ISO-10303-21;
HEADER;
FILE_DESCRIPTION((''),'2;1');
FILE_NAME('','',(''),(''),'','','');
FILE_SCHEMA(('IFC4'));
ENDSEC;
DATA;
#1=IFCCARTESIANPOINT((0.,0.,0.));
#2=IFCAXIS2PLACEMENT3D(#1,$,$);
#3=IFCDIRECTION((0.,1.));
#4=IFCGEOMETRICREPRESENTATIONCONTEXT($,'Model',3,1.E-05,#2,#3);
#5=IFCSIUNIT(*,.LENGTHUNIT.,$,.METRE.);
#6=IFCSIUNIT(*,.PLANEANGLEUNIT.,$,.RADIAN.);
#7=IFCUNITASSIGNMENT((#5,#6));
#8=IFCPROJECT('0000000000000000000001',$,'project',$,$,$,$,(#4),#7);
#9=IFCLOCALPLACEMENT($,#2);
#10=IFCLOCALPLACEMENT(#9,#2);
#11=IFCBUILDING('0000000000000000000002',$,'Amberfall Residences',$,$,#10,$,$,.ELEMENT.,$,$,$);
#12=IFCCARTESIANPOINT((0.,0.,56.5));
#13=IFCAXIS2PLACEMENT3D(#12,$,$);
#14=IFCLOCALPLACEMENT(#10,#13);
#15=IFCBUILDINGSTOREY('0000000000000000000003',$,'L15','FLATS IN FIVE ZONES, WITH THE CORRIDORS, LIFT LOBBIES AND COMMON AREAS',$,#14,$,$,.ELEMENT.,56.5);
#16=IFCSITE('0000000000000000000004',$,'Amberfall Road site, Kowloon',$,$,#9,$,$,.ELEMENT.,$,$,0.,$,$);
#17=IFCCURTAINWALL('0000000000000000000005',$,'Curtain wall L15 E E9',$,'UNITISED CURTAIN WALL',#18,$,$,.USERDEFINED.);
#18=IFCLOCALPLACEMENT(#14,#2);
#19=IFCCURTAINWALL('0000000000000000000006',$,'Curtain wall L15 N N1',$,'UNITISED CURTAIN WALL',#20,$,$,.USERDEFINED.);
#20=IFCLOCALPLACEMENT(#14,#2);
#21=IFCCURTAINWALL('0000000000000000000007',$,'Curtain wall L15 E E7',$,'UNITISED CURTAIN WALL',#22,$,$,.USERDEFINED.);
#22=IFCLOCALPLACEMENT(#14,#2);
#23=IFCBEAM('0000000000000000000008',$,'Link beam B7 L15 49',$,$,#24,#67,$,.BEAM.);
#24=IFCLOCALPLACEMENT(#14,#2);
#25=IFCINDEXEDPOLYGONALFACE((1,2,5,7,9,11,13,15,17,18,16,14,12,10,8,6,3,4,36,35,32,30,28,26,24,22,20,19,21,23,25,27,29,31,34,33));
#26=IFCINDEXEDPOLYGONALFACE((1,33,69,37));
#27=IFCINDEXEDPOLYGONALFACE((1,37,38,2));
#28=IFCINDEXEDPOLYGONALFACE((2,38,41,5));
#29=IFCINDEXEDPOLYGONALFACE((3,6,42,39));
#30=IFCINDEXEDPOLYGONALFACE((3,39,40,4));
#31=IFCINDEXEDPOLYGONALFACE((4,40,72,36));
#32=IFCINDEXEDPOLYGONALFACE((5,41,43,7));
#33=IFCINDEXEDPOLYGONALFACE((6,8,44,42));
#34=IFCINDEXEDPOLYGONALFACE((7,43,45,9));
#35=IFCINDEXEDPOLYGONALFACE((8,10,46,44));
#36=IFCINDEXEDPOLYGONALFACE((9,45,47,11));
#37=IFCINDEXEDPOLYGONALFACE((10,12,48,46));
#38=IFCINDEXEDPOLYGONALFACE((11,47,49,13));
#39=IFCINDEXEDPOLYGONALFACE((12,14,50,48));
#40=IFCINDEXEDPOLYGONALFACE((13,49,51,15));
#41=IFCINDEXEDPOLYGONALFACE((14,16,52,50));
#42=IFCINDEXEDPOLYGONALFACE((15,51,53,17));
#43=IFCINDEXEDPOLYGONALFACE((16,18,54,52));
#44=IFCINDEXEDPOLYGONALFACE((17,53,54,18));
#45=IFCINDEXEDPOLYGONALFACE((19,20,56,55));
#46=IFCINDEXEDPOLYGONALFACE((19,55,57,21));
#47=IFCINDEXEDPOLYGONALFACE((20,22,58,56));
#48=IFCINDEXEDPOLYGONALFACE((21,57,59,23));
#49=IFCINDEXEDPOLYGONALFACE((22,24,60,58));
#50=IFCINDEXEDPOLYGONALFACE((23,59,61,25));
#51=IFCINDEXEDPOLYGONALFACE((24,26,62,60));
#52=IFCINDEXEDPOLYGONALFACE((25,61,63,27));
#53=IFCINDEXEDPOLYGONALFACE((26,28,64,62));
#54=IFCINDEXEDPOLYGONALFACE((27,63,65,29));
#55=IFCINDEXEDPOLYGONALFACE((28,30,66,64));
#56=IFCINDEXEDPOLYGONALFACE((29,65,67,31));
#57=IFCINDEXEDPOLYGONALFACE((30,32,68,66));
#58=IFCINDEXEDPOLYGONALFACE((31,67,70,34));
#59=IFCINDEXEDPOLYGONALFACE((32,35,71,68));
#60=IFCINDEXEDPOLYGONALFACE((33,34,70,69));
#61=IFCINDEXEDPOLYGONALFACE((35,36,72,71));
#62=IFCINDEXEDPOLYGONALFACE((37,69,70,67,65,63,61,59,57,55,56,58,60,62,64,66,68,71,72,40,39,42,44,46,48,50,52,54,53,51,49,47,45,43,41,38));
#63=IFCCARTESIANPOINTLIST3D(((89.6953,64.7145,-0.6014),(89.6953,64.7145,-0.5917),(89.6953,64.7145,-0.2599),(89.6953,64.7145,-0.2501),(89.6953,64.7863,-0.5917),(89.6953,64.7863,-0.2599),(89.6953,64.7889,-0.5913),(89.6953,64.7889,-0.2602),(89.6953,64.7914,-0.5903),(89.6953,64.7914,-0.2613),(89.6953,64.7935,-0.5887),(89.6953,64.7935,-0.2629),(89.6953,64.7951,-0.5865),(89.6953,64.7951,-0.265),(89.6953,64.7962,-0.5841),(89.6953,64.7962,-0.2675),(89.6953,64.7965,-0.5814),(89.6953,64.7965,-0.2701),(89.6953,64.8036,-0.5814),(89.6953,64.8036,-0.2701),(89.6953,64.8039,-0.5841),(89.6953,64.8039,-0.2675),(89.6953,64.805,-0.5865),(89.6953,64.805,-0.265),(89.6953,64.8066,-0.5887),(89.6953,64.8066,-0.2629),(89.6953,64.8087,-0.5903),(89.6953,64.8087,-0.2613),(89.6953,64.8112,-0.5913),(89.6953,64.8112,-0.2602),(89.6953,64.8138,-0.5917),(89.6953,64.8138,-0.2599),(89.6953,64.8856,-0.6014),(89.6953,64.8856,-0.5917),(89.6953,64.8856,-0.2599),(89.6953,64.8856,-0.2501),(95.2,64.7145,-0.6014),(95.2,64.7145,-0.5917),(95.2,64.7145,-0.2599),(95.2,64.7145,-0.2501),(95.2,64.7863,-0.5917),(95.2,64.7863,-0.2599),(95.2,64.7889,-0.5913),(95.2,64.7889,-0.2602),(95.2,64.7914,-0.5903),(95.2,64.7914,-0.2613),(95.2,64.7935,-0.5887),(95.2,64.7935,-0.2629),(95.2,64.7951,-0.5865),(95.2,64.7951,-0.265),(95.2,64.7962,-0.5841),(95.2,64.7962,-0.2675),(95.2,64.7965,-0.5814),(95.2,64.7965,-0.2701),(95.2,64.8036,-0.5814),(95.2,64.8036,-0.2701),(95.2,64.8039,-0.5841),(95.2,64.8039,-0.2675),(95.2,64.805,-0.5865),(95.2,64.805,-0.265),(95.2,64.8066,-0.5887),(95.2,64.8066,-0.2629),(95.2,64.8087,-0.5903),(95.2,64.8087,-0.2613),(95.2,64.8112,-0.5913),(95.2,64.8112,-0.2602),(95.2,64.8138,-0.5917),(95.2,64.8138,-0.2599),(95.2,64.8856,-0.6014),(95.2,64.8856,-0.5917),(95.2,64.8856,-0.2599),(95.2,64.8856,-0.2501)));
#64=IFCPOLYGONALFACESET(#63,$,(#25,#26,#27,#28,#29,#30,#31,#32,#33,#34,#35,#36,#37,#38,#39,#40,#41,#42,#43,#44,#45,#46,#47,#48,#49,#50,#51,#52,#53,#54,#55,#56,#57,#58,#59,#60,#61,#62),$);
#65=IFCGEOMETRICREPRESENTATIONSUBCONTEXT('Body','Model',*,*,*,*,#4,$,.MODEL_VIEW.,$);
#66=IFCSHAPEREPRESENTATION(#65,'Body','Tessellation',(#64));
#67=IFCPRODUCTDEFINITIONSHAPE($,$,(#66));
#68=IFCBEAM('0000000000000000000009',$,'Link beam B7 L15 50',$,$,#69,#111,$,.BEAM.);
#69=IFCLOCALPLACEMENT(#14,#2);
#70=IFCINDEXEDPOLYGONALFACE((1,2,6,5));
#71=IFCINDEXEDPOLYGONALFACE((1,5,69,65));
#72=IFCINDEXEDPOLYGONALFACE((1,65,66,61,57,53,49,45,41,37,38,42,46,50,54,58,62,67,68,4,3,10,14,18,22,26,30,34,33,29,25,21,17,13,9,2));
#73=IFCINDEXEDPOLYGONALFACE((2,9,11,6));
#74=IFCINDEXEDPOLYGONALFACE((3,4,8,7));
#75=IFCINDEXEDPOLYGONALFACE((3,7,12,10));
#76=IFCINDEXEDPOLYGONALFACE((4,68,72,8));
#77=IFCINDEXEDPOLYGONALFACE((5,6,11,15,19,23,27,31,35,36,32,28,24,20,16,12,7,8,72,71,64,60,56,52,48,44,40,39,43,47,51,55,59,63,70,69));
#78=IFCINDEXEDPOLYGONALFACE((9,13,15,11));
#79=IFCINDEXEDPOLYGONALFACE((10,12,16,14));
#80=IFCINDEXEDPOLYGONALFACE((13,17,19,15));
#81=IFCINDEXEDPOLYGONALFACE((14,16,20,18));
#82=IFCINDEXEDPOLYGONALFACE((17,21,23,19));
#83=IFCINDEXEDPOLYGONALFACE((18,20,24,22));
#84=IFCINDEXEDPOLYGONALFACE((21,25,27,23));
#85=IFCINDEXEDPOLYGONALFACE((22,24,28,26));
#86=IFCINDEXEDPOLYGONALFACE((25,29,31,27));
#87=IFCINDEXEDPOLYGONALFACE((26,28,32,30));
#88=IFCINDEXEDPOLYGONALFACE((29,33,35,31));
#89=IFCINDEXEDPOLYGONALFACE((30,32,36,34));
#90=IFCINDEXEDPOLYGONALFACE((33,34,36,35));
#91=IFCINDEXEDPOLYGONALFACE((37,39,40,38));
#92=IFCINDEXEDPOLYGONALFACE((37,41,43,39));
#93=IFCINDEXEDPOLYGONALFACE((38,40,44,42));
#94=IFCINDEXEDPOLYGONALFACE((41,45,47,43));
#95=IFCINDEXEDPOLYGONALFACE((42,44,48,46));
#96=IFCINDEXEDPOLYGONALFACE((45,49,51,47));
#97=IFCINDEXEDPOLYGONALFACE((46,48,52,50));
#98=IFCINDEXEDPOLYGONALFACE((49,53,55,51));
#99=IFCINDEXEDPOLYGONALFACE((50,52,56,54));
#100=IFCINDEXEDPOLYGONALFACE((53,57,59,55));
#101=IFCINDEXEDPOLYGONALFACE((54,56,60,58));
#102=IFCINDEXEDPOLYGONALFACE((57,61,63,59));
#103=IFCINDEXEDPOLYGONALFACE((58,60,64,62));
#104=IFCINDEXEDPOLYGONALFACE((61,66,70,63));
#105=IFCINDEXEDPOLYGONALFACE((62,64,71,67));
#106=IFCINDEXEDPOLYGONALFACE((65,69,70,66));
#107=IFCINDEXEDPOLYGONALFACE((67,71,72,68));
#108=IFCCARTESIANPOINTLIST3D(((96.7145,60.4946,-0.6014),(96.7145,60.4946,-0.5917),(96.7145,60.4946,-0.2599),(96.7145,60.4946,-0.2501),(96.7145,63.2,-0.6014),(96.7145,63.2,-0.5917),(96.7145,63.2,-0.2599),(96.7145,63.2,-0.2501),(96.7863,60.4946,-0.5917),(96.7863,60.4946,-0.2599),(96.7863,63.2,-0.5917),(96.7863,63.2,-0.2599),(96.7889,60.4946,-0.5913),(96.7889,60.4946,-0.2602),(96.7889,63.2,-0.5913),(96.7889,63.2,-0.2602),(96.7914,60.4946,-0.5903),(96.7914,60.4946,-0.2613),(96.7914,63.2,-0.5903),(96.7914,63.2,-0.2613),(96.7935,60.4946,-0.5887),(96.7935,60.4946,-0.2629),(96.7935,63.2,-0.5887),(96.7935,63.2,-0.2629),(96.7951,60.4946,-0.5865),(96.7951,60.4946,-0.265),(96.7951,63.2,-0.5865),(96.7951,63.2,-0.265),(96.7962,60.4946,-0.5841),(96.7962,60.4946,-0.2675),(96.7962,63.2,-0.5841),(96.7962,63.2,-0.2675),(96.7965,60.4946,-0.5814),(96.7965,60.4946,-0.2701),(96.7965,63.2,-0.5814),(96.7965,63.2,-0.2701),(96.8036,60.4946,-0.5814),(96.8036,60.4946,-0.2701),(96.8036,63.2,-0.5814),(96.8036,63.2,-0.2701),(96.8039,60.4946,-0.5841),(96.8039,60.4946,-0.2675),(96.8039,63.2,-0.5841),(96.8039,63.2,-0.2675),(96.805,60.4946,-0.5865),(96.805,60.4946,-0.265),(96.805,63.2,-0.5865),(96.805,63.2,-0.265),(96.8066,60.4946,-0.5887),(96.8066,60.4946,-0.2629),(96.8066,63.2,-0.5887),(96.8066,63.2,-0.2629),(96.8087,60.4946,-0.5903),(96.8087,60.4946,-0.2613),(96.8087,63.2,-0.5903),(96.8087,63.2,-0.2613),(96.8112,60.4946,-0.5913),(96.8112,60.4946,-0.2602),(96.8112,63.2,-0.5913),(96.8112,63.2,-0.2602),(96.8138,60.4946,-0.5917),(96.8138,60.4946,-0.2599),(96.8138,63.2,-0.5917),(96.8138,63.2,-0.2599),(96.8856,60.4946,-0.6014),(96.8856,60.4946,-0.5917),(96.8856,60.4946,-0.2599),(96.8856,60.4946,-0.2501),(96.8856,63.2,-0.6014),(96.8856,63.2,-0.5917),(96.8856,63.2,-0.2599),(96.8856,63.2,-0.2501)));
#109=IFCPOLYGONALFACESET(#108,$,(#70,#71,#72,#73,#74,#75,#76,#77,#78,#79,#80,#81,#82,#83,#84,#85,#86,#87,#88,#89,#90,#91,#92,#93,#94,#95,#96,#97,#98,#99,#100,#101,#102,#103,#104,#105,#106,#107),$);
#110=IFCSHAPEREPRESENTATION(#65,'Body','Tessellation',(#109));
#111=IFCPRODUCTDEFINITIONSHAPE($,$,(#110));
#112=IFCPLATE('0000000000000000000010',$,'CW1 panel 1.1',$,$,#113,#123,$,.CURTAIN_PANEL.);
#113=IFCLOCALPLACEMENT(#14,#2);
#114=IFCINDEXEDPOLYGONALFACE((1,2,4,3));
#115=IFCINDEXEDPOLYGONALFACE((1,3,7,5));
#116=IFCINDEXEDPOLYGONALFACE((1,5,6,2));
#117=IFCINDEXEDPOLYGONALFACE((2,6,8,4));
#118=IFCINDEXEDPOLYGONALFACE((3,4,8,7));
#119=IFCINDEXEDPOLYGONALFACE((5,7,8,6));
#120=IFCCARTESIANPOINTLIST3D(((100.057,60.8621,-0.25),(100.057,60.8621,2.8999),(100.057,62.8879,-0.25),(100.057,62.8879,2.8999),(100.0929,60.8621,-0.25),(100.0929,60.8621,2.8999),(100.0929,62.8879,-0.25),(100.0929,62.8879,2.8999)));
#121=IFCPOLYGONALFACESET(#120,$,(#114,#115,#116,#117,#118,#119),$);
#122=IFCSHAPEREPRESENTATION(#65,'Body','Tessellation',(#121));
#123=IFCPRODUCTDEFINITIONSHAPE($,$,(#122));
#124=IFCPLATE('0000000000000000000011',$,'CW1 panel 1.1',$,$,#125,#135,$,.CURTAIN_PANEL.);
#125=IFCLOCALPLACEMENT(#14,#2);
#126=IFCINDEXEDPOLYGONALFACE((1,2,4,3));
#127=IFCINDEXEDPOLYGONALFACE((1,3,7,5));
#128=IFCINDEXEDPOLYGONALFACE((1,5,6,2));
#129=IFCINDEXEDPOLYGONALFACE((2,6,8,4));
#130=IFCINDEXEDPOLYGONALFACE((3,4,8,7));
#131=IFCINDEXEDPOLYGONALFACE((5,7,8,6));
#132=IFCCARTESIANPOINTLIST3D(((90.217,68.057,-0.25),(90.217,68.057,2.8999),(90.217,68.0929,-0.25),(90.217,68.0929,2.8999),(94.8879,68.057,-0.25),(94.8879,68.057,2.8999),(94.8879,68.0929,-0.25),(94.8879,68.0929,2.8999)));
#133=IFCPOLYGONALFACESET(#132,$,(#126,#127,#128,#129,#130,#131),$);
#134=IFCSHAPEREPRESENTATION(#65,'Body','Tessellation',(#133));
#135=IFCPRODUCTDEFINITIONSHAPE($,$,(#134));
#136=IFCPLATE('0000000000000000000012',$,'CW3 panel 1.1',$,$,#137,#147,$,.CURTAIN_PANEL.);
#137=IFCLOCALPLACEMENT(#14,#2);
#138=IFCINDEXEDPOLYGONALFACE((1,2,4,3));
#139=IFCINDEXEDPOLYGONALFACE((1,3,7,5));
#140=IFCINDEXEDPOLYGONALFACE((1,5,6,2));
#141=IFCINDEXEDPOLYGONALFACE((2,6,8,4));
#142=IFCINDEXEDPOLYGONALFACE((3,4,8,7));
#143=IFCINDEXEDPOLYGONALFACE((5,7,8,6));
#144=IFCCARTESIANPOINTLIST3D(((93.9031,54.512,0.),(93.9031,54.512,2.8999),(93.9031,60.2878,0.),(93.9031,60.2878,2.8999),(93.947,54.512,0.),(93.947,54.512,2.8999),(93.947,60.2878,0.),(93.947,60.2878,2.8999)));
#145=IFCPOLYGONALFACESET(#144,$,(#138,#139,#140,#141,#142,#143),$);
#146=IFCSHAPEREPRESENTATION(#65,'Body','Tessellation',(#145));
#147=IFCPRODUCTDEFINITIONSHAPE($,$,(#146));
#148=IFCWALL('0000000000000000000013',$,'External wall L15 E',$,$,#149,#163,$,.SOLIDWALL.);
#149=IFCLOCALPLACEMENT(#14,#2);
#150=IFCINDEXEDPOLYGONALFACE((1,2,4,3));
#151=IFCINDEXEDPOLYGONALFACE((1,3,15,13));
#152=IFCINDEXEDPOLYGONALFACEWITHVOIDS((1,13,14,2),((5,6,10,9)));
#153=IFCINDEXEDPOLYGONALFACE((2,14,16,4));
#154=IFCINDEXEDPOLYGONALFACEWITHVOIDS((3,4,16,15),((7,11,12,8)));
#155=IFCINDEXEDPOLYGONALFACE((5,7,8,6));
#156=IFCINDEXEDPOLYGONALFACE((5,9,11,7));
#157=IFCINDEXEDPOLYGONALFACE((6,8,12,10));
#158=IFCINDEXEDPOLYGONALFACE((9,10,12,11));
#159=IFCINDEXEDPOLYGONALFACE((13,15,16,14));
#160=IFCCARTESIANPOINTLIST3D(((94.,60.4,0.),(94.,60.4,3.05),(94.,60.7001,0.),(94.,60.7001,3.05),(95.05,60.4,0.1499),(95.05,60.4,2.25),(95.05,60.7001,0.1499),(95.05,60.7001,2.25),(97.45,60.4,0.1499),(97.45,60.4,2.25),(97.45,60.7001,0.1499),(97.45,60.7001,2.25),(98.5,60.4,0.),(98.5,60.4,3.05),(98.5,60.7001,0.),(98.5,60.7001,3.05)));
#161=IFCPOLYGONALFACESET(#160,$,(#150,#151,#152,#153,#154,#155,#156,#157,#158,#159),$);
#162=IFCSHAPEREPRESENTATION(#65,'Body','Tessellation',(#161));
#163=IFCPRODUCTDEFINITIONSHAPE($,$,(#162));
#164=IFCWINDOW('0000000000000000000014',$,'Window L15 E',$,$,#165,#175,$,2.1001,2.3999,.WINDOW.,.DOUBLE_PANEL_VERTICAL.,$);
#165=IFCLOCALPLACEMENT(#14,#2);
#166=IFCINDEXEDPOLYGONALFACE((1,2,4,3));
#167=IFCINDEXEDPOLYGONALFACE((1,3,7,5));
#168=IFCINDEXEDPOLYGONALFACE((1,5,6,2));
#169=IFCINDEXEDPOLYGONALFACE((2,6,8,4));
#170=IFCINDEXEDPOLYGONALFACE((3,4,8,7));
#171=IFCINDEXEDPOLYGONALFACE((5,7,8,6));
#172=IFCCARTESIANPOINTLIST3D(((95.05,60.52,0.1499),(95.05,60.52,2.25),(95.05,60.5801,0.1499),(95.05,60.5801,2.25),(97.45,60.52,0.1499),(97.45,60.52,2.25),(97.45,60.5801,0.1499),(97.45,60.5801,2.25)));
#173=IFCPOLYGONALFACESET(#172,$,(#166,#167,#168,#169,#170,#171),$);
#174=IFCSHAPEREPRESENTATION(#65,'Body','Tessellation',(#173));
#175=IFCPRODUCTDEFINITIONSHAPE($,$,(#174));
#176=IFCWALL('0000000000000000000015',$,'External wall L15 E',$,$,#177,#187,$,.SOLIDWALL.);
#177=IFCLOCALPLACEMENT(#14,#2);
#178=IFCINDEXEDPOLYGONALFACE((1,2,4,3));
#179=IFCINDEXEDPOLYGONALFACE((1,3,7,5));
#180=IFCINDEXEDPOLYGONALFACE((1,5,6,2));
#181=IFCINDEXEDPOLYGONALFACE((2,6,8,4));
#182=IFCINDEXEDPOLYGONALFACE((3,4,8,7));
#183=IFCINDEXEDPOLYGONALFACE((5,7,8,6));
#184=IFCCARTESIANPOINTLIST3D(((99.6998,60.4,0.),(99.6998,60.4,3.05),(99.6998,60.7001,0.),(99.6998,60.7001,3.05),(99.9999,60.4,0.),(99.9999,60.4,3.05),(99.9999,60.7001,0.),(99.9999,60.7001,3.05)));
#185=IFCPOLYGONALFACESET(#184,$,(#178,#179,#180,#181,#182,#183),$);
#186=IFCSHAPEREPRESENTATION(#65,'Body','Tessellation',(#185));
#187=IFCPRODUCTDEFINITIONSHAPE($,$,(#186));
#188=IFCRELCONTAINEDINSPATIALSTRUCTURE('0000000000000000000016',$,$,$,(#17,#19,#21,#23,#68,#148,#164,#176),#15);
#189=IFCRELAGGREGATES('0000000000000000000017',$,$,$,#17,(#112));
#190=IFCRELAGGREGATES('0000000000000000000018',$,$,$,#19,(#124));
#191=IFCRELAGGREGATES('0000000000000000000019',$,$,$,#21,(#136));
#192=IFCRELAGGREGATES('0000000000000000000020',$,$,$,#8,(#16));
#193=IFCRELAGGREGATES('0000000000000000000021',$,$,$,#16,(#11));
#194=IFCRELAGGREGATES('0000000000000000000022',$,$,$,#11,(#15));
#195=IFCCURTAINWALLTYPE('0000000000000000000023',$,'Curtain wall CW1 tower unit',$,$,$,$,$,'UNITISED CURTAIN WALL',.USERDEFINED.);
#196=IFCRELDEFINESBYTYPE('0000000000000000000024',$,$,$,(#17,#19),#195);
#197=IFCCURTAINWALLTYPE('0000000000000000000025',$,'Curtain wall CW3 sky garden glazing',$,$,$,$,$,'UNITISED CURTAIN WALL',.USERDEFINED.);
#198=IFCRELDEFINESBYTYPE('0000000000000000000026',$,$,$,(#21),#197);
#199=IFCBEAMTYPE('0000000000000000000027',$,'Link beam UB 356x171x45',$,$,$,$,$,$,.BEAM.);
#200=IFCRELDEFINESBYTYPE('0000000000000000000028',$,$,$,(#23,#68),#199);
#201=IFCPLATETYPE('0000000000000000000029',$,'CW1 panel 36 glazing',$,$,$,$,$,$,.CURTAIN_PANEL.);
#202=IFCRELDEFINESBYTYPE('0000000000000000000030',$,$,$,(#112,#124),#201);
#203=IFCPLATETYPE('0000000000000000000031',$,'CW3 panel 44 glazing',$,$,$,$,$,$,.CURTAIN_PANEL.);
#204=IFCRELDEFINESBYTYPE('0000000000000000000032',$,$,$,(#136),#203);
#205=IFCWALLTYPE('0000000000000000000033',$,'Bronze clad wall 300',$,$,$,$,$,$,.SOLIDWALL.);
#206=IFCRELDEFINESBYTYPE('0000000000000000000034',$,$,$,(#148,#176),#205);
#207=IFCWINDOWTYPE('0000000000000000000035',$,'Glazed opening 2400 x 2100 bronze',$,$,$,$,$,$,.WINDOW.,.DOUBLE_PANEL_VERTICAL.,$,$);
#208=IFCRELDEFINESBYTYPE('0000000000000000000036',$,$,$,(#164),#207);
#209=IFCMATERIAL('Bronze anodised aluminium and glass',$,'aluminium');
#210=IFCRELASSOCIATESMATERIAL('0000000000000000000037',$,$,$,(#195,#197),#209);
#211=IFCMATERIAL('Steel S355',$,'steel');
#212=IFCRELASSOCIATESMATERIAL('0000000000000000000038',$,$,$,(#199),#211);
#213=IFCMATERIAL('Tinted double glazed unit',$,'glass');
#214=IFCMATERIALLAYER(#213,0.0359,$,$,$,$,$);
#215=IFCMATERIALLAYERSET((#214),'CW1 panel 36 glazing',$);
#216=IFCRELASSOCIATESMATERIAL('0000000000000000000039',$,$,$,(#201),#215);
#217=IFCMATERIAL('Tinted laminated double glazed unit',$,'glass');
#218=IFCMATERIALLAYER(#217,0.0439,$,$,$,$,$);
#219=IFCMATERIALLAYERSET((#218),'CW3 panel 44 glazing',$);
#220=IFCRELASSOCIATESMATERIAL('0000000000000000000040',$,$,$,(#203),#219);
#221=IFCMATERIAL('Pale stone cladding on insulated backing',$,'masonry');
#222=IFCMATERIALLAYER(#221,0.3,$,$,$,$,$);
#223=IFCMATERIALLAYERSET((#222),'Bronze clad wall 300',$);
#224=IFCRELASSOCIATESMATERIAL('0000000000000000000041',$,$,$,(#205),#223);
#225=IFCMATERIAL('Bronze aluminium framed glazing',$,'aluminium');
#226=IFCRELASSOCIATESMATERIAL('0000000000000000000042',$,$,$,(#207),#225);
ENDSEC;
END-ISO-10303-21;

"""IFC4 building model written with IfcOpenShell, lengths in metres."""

from ifc_helpers import new_model, si_unit, direction, frame, frame_2d, origin, origin_2d, place, context, subcontext, project, spatial, rectangle, i_section, extrude, material, layer, layer_set, material_profile, profile_set, type_object, element, fill, aggregate, save


model = new_model("IFC4")

# Units and contexts
model_context = context("Model", 3, precision=1e-05, world=origin(), true_north=direction((0.0, 1.0)))
body_context = subcontext(model_context, "Body", "Model", "MODEL_VIEW")
ifc_project = project(units=[si_unit("LENGTHUNIT", "METRE"), si_unit("PLANEANGLEUNIT", "RADIAN")], contexts=[model_context])

# Site, building, storey
site_placement = place(None, origin())
site = spatial("IfcSite", under=ifc_project, at=site_placement, Name="Amberfall Road site, Kowloon", CompositionType="ELEMENT", RefElevation=0.0)
building_placement = place(site_placement, origin())
building = spatial("IfcBuilding", under=site, at=building_placement, Name="Amberfall Residences", CompositionType="ELEMENT")
storey_placement = place(building_placement, frame((0.0, 0.0, 56.5)))
storey = spatial("IfcBuildingStorey", under=building, at=storey_placement, Name="L15", Description="FLATS IN FIVE ZONES, WITH THE CORRIDORS, LIFT LOBBIES AND COMMON AREAS", CompositionType="ELEMENT", Elevation=56.5)

# Curtain walls
ifc_material_1 = material(Name="Bronze anodised aluminium and glass", Category="aluminium")
curtain_wall_type_1 = type_object("IfcCurtainWallType", Name="Curtain wall CW1 tower unit", ElementType="UNITISED CURTAIN WALL", PredefinedType="USERDEFINED", material=ifc_material_1)
curtain_wall_1_placement = place(storey_placement, origin())
curtain_wall_1 = element("IfcCurtainWall", 1, at=curtain_wall_1_placement, inside=storey, type_object=curtain_wall_type_1, Name="Curtain wall L15 E E9", ObjectType="UNITISED CURTAIN WALL", PredefinedType="USERDEFINED")
curtain_wall_2_placement = place(storey_placement, origin())
curtain_wall_2 = element("IfcCurtainWall", 2, at=curtain_wall_2_placement, inside=storey, type_object=curtain_wall_type_1, Name="Curtain wall L15 N N1", ObjectType="UNITISED CURTAIN WALL", PredefinedType="USERDEFINED")
curtain_wall_type_2 = type_object("IfcCurtainWallType", Name="Curtain wall CW3 sky garden glazing", ElementType="UNITISED CURTAIN WALL", PredefinedType="USERDEFINED", material=ifc_material_1)
curtain_wall_3_placement = place(storey_placement, origin())
curtain_wall_3 = element("IfcCurtainWall", 3, at=curtain_wall_3_placement, inside=storey, type_object=curtain_wall_type_2, Name="Curtain wall L15 E E7", ObjectType="UNITISED CURTAIN WALL", PredefinedType="USERDEFINED")

# Beams
ifc_material_2 = material(Name="Steel S355", Category="steel")
ifc_material_profile_1 = material_profile(ifc_material_2, i_section(OverallWidth=0.1711, OverallDepth=0.3513, WebThickness=0.0071, FlangeThickness=0.0098, FilletRadius=0.0103, at=origin_2d()), Name="UB 356x171x45")
ifc_profile_set_1 = profile_set([ifc_material_profile_1], Name="Steel S355")
beam_type_1 = type_object("IfcBeamType", Name="Link beam UB 356x171x45", PredefinedType="BEAM", material=ifc_profile_set_1)
beam_1_placement = place(storey_placement, frame((95.2, 64.8, -0.4258), z_axis=(-1.0, 0.0, 0.0), x_axis=(0.0, -1.0, 0.0)))
element("IfcBeam", 4, at=beam_1_placement, inside=storey, type_object=beam_type_1, Name="Link beam B7 L15 49", PredefinedType="BEAM", context=body_context, shape_type="SweptSolid", body=[
    extrude(i_section(OverallWidth=0.1711, OverallDepth=0.3513, WebThickness=0.0071, FlangeThickness=0.0098, FilletRadius=0.0103, at=origin_2d()), origin(), (0.0, 0.0, 1.0), 5.5046),
])
beam_2_placement = place(storey_placement, frame((96.8, 63.2, -0.4258), z_axis=(0.0, -1.0, 0.0), x_axis=(1.0, 0.0, 0.0)))
element("IfcBeam", 5, at=beam_2_placement, inside=storey, type_object=beam_type_1, Name="Link beam B7 L15 50", PredefinedType="BEAM", context=body_context, shape_type="SweptSolid", body=[
    extrude(i_section(OverallWidth=0.1711, OverallDepth=0.3513, WebThickness=0.0071, FlangeThickness=0.0098, FilletRadius=0.0103, at=origin_2d()), origin(), (0.0, 0.0, 1.0), 2.7053),
])

# Plates
ifc_material_3 = material(Name="Tinted double glazed unit", Category="glass")
ifc_layer_1 = layer(ifc_material_3, 0.0359)
ifc_layer_set_1 = layer_set([ifc_layer_1], Name="CW1 panel 36 glazing")
plate_type_1 = type_object("IfcPlateType", Name="CW1 panel 36 glazing", PredefinedType="CURTAIN_PANEL", material=ifc_layer_set_1)
plate_1_placement = place(storey_placement, frame((100.075, 61.875, -0.25), z_axis=(0.0, 0.0, 1.0), x_axis=(0.0, 1.0, 0.0)))
plate_1 = element("IfcPlate", 6, at=plate_1_placement, type_object=plate_type_1, Name="CW1 panel 1.1", PredefinedType="CURTAIN_PANEL", context=body_context, shape_type="SweptSolid", body=[
    extrude(rectangle(XDim=2.0259, YDim=0.0359, at=origin_2d()), origin(), (0.0, 0.0, 1.0), 3.1499),
])
aggregate(curtain_wall_1, [plate_1])
plate_2_placement = place(storey_placement, frame((92.5525, 68.075, -0.25), z_axis=(0.0, 0.0, 1.0), x_axis=(-1.0, 0.0, 0.0)))
plate_2 = element("IfcPlate", 7, at=plate_2_placement, type_object=plate_type_1, Name="CW1 panel 1.1", PredefinedType="CURTAIN_PANEL", context=body_context, shape_type="SweptSolid", body=[
    extrude(rectangle(XDim=4.6709, YDim=0.0359, at=origin_2d()), origin(), (0.0, 0.0, 1.0), 3.1499),
])
aggregate(curtain_wall_2, [plate_2])
ifc_material_4 = material(Name="Tinted laminated double glazed unit", Category="glass")
ifc_layer_2 = layer(ifc_material_4, 0.0439)
ifc_layer_set_2 = layer_set([ifc_layer_2], Name="CW3 panel 44 glazing")
plate_type_2 = type_object("IfcPlateType", Name="CW3 panel 44 glazing", PredefinedType="CURTAIN_PANEL", material=ifc_layer_set_2)
plate_3_placement = place(storey_placement, frame((93.925, 57.3999, 0.0), z_axis=(0.0, 0.0, 1.0), x_axis=(0.0, 1.0, 0.0)))
plate_3 = element("IfcPlate", 8, at=plate_3_placement, type_object=plate_type_2, Name="CW3 panel 1.1", PredefinedType="CURTAIN_PANEL", context=body_context, shape_type="SweptSolid", body=[
    extrude(rectangle(XDim=5.7759, YDim=0.0439, at=origin_2d()), origin(), (0.0, 0.0, 1.0), 2.8999),
])
aggregate(curtain_wall_3, [plate_3])

# Wall, opening, window
ifc_material_5 = material(Name="Pale stone cladding on insulated backing", Category="masonry")
ifc_layer_3 = layer(ifc_material_5, 0.3)
ifc_layer_set_3 = layer_set([ifc_layer_3], Name="Bronze clad wall 300")
wall_type_1 = type_object("IfcWallType", Name="Bronze clad wall 300", PredefinedType="SOLIDWALL", material=ifc_layer_set_3)
wall_1_placement = place(storey_placement, frame((94.0, 60.55, 0.0), z_axis=(0.0, 0.0, 1.0), x_axis=(1.0, 0.0, 0.0)))
wall_1 = element("IfcWall", 9, at=wall_1_placement, inside=storey, type_object=wall_type_1, Name="External wall L15 E", PredefinedType="SOLIDWALL", context=body_context, shape_type="SweptSolid", body=[
    extrude(rectangle(XDim=4.5, YDim=0.3, at=frame_2d((2.25, 0.0))), origin(), (0.0, 0.0, 1.0), 3.05),
])
opening_1_placement = place(wall_1_placement, frame((1.05, 0.0, 0.1499)))
opening_1 = element("IfcOpeningElement", 10, at=opening_1_placement, cuts=wall_1, PredefinedType="OPENING", context=body_context, shape_type="SweptSolid", body=[
    extrude(rectangle(XDim=2.3999, YDim=2.1001, at=frame_2d((1.2, 1.05))), frame((0.0, 0.1599, 0.0), z_axis=(0.0, -1.0, 0.0), x_axis=(1.0, 0.0, 0.0)), (0.0, 0.0, 1.0), 0.3201),
])
ifc_material_6 = material(Name="Bronze aluminium framed glazing", Category="aluminium")
window_type = type_object("IfcWindowType", Name="Glazed opening 2400 x 2100 bronze", PartitioningType="DOUBLE_PANEL_VERTICAL", PredefinedType="WINDOW", material=ifc_material_6)
window_1_placement = place(opening_1_placement, origin())
window_1 = element("IfcWindow", 11, at=window_1_placement, inside=storey, type_object=window_type, Name="Window L15 E", OverallHeight=2.1001, OverallWidth=2.3999, PartitioningType="DOUBLE_PANEL_VERTICAL", PredefinedType="WINDOW", context=body_context, shape_type="SweptSolid", body=[
    extrude(rectangle(XDim=2.3999, YDim=2.1001, at=frame_2d((1.2, 1.05))), frame((0.0, 0.03, 0.0), z_axis=(0.0, -1.0, 0.0), x_axis=(1.0, 0.0, 0.0)), (0.0, 0.0, 1.0), 0.0601),
])
fill(opening_1, window_1)

# Wall
wall_2_placement = place(storey_placement, frame((99.7, 60.55, 0.0), z_axis=(0.0, 0.0, 1.0), x_axis=(1.0, 0.0, 0.0)))
element("IfcWall", 12, at=wall_2_placement, inside=storey, type_object=wall_type_1, Name="External wall L15 E", PredefinedType="SOLIDWALL", context=body_context, shape_type="SweptSolid", body=[
    extrude(rectangle(XDim=0.3, YDim=0.3, at=frame_2d((0.1499, 0.0))), origin(), (0.0, 0.0, 1.0), 3.05),
])

save(model, "model.ifc")
